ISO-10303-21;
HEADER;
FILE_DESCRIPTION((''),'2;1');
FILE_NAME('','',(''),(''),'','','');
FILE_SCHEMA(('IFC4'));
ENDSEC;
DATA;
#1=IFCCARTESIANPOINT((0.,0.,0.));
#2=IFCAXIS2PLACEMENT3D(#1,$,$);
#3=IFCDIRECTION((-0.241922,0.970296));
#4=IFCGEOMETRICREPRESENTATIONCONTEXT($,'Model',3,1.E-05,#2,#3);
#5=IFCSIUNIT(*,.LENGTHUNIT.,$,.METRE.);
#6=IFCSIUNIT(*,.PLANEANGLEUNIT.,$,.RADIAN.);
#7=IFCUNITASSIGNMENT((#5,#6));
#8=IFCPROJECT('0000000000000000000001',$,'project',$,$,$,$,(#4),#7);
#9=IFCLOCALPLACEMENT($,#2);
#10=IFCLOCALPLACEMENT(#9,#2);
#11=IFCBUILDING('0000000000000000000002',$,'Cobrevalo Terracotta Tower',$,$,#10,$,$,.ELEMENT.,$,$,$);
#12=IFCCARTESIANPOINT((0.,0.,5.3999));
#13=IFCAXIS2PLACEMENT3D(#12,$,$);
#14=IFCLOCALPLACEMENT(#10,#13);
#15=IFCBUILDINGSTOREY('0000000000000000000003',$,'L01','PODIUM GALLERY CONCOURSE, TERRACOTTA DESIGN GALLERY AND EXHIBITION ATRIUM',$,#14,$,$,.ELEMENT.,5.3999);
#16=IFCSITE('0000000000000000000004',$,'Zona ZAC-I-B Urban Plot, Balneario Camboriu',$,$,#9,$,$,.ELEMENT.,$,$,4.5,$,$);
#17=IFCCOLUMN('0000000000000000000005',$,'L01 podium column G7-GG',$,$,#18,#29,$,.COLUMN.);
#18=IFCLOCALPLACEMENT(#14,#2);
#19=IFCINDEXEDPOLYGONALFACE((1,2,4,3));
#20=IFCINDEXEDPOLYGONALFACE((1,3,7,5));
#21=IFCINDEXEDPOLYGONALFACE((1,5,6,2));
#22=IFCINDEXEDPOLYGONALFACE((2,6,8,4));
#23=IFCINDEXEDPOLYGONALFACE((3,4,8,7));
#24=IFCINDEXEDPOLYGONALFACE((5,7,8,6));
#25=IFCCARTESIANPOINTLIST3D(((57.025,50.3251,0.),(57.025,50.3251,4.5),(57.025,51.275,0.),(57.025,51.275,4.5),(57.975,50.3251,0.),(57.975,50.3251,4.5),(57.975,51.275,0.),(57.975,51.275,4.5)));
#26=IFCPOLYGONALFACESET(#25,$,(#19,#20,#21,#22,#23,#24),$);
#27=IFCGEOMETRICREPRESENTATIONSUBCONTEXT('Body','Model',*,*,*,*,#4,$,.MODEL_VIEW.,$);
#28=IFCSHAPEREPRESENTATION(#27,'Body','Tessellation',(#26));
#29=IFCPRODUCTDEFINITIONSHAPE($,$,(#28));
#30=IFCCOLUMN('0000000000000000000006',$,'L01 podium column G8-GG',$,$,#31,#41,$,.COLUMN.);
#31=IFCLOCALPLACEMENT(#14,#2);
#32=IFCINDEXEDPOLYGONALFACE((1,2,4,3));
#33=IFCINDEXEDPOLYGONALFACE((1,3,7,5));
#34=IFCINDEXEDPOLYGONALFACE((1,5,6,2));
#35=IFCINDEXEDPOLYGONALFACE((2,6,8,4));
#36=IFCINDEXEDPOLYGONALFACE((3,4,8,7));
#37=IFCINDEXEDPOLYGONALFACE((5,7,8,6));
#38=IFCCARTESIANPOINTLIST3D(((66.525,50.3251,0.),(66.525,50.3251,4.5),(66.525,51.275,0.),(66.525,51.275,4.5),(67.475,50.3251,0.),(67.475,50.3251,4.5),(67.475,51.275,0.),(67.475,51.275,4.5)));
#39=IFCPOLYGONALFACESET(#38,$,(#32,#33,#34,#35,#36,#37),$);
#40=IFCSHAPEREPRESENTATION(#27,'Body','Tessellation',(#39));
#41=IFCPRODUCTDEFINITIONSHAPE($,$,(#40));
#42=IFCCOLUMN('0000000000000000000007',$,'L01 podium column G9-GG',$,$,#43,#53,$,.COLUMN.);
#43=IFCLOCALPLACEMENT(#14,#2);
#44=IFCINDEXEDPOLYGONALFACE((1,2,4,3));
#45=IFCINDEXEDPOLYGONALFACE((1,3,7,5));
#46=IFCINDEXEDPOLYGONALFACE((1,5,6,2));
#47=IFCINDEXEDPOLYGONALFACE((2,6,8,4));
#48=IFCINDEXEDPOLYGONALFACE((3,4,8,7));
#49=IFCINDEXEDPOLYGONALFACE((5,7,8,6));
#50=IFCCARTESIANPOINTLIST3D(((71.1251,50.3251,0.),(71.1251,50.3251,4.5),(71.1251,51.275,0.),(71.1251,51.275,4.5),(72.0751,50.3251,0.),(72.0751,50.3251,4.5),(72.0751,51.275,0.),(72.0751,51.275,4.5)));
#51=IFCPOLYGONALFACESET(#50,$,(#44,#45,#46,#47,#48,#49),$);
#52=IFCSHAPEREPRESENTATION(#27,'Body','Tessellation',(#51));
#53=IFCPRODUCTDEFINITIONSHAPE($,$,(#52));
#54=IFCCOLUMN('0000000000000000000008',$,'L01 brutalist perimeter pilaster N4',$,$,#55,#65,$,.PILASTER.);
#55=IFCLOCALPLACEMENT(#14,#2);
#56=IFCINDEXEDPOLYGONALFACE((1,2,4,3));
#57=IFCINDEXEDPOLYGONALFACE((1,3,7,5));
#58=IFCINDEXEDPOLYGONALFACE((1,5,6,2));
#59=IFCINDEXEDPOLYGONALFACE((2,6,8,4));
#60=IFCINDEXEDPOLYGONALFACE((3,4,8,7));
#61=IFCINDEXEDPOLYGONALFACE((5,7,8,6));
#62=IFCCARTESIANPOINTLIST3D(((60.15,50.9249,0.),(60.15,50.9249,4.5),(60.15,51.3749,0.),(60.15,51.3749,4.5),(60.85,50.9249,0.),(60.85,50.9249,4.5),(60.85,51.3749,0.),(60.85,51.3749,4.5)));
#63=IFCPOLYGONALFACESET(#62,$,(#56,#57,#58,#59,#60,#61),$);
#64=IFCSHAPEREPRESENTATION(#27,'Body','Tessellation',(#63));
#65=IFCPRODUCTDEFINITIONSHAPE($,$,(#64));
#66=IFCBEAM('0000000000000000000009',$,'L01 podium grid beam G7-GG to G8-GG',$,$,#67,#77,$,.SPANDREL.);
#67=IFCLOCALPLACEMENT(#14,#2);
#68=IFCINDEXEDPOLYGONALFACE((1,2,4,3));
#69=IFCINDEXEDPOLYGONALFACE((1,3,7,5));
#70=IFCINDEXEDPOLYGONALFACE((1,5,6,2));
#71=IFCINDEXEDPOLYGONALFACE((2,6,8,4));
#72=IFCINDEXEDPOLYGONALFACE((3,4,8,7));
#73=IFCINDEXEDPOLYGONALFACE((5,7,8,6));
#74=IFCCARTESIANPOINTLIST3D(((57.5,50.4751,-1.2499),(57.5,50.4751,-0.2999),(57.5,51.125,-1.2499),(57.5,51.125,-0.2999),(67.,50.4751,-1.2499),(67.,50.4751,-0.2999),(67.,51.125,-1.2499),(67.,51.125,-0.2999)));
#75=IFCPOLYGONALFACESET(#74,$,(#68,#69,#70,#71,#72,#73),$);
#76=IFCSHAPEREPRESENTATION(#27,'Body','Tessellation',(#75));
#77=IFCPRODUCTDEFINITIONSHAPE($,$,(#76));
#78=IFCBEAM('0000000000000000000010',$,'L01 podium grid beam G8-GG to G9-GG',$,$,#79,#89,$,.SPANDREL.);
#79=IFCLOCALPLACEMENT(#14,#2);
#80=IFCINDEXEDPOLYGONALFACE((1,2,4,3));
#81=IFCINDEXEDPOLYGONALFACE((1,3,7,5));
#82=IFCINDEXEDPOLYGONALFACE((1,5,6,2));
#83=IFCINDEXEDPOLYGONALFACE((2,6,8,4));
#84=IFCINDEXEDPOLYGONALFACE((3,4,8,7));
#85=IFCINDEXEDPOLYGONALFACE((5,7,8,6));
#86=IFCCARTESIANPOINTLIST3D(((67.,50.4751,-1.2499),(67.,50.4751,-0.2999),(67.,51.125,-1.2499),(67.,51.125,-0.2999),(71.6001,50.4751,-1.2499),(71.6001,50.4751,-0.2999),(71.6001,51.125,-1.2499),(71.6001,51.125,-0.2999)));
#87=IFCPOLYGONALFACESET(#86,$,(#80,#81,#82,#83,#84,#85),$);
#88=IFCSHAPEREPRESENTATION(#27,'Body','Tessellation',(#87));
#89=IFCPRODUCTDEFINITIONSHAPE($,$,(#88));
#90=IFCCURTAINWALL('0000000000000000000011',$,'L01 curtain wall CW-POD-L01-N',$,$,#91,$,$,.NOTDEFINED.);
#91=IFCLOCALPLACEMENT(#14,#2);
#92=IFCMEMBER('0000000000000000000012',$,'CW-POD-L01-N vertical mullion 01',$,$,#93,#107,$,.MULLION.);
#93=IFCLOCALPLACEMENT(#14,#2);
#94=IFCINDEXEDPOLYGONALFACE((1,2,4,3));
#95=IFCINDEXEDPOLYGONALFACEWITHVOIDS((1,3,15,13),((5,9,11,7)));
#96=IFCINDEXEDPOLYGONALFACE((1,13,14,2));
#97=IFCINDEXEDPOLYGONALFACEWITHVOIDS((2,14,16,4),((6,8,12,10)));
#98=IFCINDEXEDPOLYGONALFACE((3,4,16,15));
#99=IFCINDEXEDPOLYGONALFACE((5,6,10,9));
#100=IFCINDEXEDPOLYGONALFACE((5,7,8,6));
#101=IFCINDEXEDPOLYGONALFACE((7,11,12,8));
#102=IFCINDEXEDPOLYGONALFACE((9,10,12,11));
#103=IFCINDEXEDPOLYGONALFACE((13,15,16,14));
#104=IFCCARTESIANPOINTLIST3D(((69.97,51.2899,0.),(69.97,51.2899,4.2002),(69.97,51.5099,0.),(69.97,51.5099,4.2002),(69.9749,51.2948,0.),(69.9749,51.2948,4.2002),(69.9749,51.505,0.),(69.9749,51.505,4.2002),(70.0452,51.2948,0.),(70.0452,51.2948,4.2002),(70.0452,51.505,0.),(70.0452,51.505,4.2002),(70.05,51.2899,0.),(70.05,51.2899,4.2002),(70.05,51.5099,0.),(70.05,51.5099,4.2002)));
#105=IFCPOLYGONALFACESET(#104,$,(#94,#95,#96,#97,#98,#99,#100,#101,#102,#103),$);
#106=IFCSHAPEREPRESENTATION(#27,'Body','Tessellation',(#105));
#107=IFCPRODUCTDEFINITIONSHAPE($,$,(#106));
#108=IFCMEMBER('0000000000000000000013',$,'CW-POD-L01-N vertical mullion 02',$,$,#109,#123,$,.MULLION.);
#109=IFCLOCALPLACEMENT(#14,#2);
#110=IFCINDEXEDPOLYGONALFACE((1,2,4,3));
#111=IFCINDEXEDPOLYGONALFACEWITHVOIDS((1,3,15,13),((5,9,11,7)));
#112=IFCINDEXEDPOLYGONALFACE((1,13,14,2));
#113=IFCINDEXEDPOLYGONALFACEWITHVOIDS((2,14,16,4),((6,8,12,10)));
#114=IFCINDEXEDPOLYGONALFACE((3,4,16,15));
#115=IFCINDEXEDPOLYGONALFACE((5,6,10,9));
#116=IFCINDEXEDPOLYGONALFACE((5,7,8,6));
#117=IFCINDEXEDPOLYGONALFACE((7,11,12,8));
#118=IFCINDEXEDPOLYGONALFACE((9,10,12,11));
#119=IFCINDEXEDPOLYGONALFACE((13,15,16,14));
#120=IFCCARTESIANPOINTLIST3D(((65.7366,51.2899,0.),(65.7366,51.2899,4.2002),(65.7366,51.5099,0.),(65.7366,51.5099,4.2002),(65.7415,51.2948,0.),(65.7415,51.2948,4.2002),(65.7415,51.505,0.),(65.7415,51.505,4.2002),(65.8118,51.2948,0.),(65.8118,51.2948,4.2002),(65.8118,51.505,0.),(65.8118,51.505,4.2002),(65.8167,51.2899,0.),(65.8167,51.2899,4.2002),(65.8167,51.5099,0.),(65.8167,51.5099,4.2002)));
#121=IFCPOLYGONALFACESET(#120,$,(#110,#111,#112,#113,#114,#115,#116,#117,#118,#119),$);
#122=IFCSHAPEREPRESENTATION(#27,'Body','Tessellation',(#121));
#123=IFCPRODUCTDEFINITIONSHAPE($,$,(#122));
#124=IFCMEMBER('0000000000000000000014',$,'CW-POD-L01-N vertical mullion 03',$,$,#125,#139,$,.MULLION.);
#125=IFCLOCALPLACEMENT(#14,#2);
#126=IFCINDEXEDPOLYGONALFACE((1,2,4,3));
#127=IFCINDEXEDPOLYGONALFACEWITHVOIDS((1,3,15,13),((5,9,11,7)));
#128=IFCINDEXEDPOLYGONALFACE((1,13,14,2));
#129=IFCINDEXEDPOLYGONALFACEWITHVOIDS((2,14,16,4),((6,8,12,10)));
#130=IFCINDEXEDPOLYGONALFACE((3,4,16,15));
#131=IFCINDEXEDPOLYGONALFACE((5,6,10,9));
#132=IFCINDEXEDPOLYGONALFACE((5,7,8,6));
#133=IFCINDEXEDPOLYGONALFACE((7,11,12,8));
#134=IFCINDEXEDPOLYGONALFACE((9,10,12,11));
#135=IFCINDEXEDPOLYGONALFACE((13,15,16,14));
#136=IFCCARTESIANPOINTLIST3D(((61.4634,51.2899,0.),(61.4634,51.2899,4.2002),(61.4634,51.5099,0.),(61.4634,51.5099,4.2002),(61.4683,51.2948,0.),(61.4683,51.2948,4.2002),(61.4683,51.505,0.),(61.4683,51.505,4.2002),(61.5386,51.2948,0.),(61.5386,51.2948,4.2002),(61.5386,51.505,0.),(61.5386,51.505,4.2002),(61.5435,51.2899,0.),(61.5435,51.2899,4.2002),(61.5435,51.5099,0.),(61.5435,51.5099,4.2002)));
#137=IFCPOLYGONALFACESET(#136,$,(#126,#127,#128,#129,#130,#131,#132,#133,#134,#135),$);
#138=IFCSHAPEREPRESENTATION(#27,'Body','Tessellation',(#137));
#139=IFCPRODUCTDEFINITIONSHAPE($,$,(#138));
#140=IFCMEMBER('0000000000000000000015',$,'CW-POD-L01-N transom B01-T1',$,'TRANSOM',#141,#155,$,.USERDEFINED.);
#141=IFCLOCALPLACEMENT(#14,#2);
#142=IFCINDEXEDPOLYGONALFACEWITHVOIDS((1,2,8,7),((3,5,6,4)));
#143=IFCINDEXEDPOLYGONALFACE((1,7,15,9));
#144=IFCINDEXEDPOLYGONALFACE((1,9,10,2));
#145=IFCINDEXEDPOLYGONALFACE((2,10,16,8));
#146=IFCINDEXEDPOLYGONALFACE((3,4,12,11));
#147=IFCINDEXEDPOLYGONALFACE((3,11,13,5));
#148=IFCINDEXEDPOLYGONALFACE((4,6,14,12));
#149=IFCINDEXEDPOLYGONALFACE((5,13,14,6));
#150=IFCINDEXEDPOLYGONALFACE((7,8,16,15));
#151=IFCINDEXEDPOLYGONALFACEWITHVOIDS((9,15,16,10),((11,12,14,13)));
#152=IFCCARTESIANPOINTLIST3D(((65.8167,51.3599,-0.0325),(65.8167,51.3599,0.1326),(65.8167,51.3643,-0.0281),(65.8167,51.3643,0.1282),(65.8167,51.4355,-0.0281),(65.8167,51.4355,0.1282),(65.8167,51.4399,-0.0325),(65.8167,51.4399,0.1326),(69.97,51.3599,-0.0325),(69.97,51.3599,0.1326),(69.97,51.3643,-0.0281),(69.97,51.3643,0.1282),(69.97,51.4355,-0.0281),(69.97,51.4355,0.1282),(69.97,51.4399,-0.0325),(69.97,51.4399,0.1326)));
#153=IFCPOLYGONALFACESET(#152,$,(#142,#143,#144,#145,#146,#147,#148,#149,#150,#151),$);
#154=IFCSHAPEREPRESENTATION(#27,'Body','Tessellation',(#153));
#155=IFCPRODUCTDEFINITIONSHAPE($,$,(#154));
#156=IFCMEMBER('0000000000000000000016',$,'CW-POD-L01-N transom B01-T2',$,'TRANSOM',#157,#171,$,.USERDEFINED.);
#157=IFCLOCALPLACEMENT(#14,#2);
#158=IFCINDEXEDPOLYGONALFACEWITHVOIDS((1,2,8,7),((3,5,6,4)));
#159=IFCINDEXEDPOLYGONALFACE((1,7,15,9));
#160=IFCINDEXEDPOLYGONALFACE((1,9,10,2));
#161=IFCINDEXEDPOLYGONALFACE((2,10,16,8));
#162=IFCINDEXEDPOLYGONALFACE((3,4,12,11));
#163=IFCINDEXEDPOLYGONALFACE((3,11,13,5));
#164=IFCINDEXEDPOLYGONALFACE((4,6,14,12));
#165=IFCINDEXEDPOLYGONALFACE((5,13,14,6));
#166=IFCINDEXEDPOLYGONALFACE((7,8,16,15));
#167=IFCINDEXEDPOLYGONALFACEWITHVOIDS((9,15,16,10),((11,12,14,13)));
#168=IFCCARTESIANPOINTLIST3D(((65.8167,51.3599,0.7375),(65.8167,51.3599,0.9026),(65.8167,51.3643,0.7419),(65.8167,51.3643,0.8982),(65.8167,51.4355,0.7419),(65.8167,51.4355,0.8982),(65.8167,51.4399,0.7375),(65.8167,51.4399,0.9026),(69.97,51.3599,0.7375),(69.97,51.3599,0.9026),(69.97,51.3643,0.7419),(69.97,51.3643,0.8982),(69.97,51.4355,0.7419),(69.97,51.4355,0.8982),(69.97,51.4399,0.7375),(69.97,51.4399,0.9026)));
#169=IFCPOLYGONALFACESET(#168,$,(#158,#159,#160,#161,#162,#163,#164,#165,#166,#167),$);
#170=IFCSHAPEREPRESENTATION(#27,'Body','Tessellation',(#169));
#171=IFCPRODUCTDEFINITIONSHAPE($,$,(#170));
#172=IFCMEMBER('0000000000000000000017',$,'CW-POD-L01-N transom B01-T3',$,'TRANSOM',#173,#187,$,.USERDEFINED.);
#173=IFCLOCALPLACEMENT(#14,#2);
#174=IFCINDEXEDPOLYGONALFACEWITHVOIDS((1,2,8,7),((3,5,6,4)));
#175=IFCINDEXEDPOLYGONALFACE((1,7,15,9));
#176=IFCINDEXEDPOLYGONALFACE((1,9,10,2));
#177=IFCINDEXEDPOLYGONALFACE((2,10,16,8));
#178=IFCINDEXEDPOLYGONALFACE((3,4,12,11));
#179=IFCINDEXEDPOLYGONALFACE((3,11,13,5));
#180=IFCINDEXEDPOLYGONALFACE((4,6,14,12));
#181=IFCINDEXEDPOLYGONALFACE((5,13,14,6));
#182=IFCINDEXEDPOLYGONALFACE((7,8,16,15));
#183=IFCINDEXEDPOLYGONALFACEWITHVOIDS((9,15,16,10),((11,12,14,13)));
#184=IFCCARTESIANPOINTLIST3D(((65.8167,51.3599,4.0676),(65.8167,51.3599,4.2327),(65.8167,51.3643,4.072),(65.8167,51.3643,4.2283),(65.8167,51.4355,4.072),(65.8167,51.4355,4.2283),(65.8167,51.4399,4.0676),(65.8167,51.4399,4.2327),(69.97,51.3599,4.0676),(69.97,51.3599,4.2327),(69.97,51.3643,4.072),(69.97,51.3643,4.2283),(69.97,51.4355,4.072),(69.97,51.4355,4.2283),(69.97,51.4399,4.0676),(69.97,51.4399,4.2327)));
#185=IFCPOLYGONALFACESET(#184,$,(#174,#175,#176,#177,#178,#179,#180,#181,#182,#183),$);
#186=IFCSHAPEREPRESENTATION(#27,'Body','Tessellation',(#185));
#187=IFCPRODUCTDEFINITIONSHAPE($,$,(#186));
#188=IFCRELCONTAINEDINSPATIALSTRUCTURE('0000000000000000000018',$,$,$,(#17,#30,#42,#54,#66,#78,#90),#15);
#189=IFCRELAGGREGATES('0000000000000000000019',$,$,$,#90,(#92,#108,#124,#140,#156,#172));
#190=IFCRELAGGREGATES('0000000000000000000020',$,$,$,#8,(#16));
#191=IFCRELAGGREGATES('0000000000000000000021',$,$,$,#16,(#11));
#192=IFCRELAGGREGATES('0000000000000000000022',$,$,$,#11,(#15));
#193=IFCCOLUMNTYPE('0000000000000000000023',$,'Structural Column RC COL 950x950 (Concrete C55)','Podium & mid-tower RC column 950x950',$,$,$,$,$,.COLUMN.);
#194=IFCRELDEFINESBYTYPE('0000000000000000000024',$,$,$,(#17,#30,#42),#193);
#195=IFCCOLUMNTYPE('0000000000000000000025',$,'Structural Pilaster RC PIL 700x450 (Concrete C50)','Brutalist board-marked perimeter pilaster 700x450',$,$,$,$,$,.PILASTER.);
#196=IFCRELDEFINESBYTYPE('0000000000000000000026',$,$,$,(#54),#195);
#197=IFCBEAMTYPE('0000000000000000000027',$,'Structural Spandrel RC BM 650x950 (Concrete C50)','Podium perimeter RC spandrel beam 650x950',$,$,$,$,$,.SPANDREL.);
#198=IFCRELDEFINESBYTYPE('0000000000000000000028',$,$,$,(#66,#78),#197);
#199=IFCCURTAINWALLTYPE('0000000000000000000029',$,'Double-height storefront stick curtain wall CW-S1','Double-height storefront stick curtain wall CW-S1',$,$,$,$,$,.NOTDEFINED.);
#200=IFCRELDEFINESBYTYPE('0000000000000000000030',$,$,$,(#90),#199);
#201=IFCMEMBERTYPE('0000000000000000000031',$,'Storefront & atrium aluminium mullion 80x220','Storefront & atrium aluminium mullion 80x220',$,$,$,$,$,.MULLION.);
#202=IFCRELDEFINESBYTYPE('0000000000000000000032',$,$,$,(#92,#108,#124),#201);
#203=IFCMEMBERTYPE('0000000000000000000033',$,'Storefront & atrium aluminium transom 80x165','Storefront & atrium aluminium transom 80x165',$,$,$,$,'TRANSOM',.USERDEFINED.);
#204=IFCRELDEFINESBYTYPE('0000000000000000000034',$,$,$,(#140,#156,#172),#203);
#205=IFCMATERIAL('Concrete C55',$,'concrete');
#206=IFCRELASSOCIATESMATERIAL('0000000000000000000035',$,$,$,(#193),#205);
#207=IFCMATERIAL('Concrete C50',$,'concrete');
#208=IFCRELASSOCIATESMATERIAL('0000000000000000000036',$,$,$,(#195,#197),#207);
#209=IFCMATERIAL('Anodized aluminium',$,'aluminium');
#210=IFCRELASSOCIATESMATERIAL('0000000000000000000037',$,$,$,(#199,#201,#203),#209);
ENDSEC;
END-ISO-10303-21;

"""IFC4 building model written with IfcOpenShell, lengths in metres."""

from ifc_helpers import new_model, si_unit, direction, frame, origin, origin_2d, place, context, subcontext, project, spatial, rectangle, hollow_rectangle, extrude, source, transform, mapped, material, material_profile, profile_set, type_object, element, aggregate, save


model = new_model("IFC4")

# Units and contexts
model_context = context("Model", 3, precision=1e-05, world=origin(), true_north=direction((-0.241922, 0.970296)))
body_context = subcontext(model_context, "Body", "Model", "MODEL_VIEW")
ifc_project = project(units=[si_unit("LENGTHUNIT", "METRE"), si_unit("PLANEANGLEUNIT", "RADIAN")], contexts=[model_context])

# Site, building, storey
site_placement = place(None, origin())
site = spatial("IfcSite", under=ifc_project, at=site_placement, Name="Zona ZAC-I-B Urban Plot, Balneario Camboriu", CompositionType="ELEMENT", RefElevation=4.5)
building_placement = place(site_placement, origin())
building = spatial("IfcBuilding", under=site, at=building_placement, Name="Cobrevalo Terracotta Tower", CompositionType="ELEMENT")
storey_placement = place(building_placement, frame((0.0, 0.0, 5.3999)))
storey = spatial("IfcBuildingStorey", under=building, at=storey_placement, Name="L01", Description="PODIUM GALLERY CONCOURSE, TERRACOTTA DESIGN GALLERY AND EXHIBITION ATRIUM", CompositionType="ELEMENT", Elevation=5.3999)

# Columns
ifc_material_1 = material(Name="Concrete C55", Category="concrete")
ifc_material_profile_1 = material_profile(ifc_material_1, rectangle(XDim=0.95, YDim=0.95, at=origin_2d()), Name="RC COL 950x950")
ifc_profile_set_1 = profile_set([ifc_material_profile_1], Name="Concrete C55")
column_type_1 = type_object("IfcColumnType", Name="Structural Column RC COL 950x950 (Concrete C55)", Description="Podium & mid-tower RC column 950x950", PredefinedType="COLUMN", material=ifc_profile_set_1)
for number, where, z_axis, x_axis, name in (
    (1, (57.5, 50.8, 0.0), (0.0, 0.0, 1.0), (1.0, 0.0, 0.0), "L01 podium column G7-GG"),
    (2, (67.0, 50.8, 0.0), (0.0, 0.0, 1.0), (1.0, 0.0, 0.0), "L01 podium column G8-GG"),
    (3, (71.6001, 50.8, 0.0), (0.0, 0.0, 1.0), (1.0, 0.0, 0.0), "L01 podium column G9-GG"),
):
    element("IfcColumn", number, at=place(storey_placement, frame(where, z_axis=z_axis, x_axis=x_axis)), inside=storey, type_object=column_type_1, Name=name, PredefinedType="COLUMN", context=body_context, shape_type="SweptSolid", body=[
        extrude(rectangle(XDim=0.95, YDim=0.95, at=origin_2d()), origin(), (0.0, 0.0, 1.0), 4.5),
    ])
ifc_material_2 = material(Name="Concrete C50", Category="concrete")
ifc_material_profile_2 = material_profile(ifc_material_2, rectangle(XDim=0.7, YDim=0.45, at=origin_2d()), Name="RC PIL 700x450")
ifc_profile_set_2 = profile_set([ifc_material_profile_2], Name="Concrete C50")
column_type_2 = type_object("IfcColumnType", Name="Structural Pilaster RC PIL 700x450 (Concrete C50)", Description="Brutalist board-marked perimeter pilaster 700x450", PredefinedType="PILASTER", material=ifc_profile_set_2)
column_placement = place(storey_placement, frame((60.5, 51.1499, 0.0), z_axis=(0.0, 0.0, 1.0), x_axis=(1.0, 0.0, 0.0)))
element("IfcColumn", 4, at=column_placement, inside=storey, type_object=column_type_2, Name="L01 brutalist perimeter pilaster N4", PredefinedType="PILASTER", context=body_context, shape_type="SweptSolid", body=[
    extrude(rectangle(XDim=0.7, YDim=0.45, at=origin_2d()), origin(), (0.0, 0.0, 1.0), 4.5),
])

# Beams
ifc_material_profile_3 = material_profile(ifc_material_2, rectangle(XDim=0.6499, YDim=0.95, at=origin_2d()), Name="RC BM 650x950")
ifc_profile_set_3 = profile_set([ifc_material_profile_3], Name="Concrete C50")
beam_type = type_object("IfcBeamType", Name="Structural Spandrel RC BM 650x950 (Concrete C50)", Description="Podium perimeter RC spandrel beam 650x950", PredefinedType="SPANDREL", material=ifc_profile_set_3)
beam_1_placement = place(storey_placement, frame((57.5, 50.8, -0.7749), z_axis=(1.0, 0.0, 0.0), x_axis=(0.0, 1.0, 0.0)))
element("IfcBeam", 5, at=beam_1_placement, inside=storey, type_object=beam_type, Name="L01 podium grid beam G7-GG to G8-GG", PredefinedType="SPANDREL", context=body_context, shape_type="SweptSolid", body=[
    extrude(rectangle(XDim=0.6499, YDim=0.95, at=origin_2d()), origin(), (0.0, 0.0, 1.0), 9.5),
])
beam_2_placement = place(storey_placement, frame((67.0, 50.8, -0.7749), z_axis=(1.0, 0.0, 0.0), x_axis=(0.0, 1.0, 0.0)))
element("IfcBeam", 6, at=beam_2_placement, inside=storey, type_object=beam_type, Name="L01 podium grid beam G8-GG to G9-GG", PredefinedType="SPANDREL", context=body_context, shape_type="SweptSolid", body=[
    extrude(rectangle(XDim=0.6499, YDim=0.95, at=origin_2d()), origin(), (0.0, 0.0, 1.0), 4.6001),
])

# Curtain wall, members
ifc_material_3 = material(Name="Anodized aluminium", Category="aluminium")
curtain_wall_type = type_object("IfcCurtainWallType", Name="Double-height storefront stick curtain wall CW-S1", Description="Double-height storefront stick curtain wall CW-S1", PredefinedType="NOTDEFINED", material=ifc_material_3)
curtain_wall_placement = place(storey_placement, origin())
curtain_wall = element("IfcCurtainWall", 7, at=curtain_wall_placement, inside=storey, type_object=curtain_wall_type, Name="L01 curtain wall CW-POD-L01-N", PredefinedType="NOTDEFINED")
ifc_material_profile_4 = material_profile(ifc_material_3, hollow_rectangle(XDim=0.0801, YDim=0.22, WallThickness=0.0049, at=origin_2d()), Name="CWM 80x220")
ifc_profile_set_4 = profile_set([ifc_material_profile_4], Name="Anodized aluminium")
member_type_1 = type_object("IfcMemberType", Name="Storefront & atrium aluminium mullion 80x220", Description="Storefront & atrium aluminium mullion 80x220", PredefinedType="MULLION", material=ifc_profile_set_4)
shared_shape_1 = source(origin(), body_context, "Body", "SweptSolid", [
    extrude(hollow_rectangle(XDim=0.0801, YDim=0.22, WallThickness=0.0049, at=origin_2d()), origin(), (0.0, 0.0, 1.0), 4.2002),
])
member_1_placement = place(storey_placement, frame((70.01, 51.3999, 0.0), z_axis=(0.0, 0.0, 1.0), x_axis=(-1.0, 0.0, 0.0)))
member_1 = element("IfcMember", 8, at=member_1_placement, type_object=member_type_1, Name="CW-POD-L01-N vertical mullion 01", PredefinedType="MULLION", context=body_context, shape_type="MappedRepresentation", body=[
    mapped(shared_shape_1, transform((0.0, 0.0, 0.0), scale=1.0)),
])
member_2_placement = place(storey_placement, frame((65.7766, 51.3999, 0.0), z_axis=(0.0, 0.0, 1.0), x_axis=(-1.0, 0.0, 0.0)))
member_2 = element("IfcMember", 9, at=member_2_placement, type_object=member_type_1, Name="CW-POD-L01-N vertical mullion 02", PredefinedType="MULLION", context=body_context, shape_type="MappedRepresentation", body=[
    mapped(shared_shape_1, transform((0.0, 0.0, 0.0), scale=1.0)),
])
member_3_placement = place(storey_placement, frame((61.5034, 51.3999, 0.0), z_axis=(0.0, 0.0, 1.0), x_axis=(-1.0, 0.0, 0.0)))
member_3 = element("IfcMember", 10, at=member_3_placement, type_object=member_type_1, Name="CW-POD-L01-N vertical mullion 03", PredefinedType="MULLION", context=body_context, shape_type="MappedRepresentation", body=[
    mapped(shared_shape_1, transform((0.0, 0.0, 0.0), scale=1.0)),
])
ifc_material_profile_5 = material_profile(ifc_material_3, hollow_rectangle(XDim=0.0801, YDim=0.165, WallThickness=0.0044, at=origin_2d()), Name="CWT 80x165")
ifc_profile_set_5 = profile_set([ifc_material_profile_5], Name="Anodized aluminium")
member_type_2 = type_object("IfcMemberType", Name="Storefront & atrium aluminium transom 80x165", Description="Storefront & atrium aluminium transom 80x165", ElementType="TRANSOM", PredefinedType="USERDEFINED", material=ifc_profile_set_5)
shared_shape_2 = source(origin(), body_context, "Body", "SweptSolid", [
    extrude(hollow_rectangle(XDim=0.0801, YDim=0.165, WallThickness=0.0044, at=origin_2d()), origin(), (0.0, 0.0, 1.0), 4.1533),
])
member_4_placement = place(storey_placement, frame((69.97, 51.3999, 0.05), z_axis=(-1.0, 0.0, 0.0), x_axis=(0.0, -1.0, 0.0)))
member_4 = element("IfcMember", 11, at=member_4_placement, type_object=member_type_2, Name="CW-POD-L01-N transom B01-T1", ObjectType="TRANSOM", PredefinedType="USERDEFINED", context=body_context, shape_type="MappedRepresentation", body=[
    mapped(shared_shape_2, transform((0.0, 0.0, 0.0), scale=1.0)),
])
member_5_placement = place(storey_placement, frame((69.97, 51.3999, 0.8201), z_axis=(-1.0, 0.0, 0.0), x_axis=(0.0, -1.0, 0.0)))
member_5 = element("IfcMember", 12, at=member_5_placement, type_object=member_type_2, Name="CW-POD-L01-N transom B01-T2", ObjectType="TRANSOM", PredefinedType="USERDEFINED", context=body_context, shape_type="MappedRepresentation", body=[
    mapped(shared_shape_2, transform((0.0, 0.0, 0.0), scale=1.0)),
])
member_6_placement = place(storey_placement, frame((69.97, 51.3999, 4.1501), z_axis=(-1.0, 0.0, 0.0), x_axis=(0.0, -1.0, 0.0)))
member_6 = element("IfcMember", 13, at=member_6_placement, type_object=member_type_2, Name="CW-POD-L01-N transom B01-T3", ObjectType="TRANSOM", PredefinedType="USERDEFINED", context=body_context, shape_type="MappedRepresentation", body=[
    mapped(shared_shape_2, transform((0.0, 0.0, 0.0), scale=1.0)),
])
aggregate(curtain_wall, [member_1, member_2, member_3, member_4, member_5, member_6])

save(model, "model.ifc")
